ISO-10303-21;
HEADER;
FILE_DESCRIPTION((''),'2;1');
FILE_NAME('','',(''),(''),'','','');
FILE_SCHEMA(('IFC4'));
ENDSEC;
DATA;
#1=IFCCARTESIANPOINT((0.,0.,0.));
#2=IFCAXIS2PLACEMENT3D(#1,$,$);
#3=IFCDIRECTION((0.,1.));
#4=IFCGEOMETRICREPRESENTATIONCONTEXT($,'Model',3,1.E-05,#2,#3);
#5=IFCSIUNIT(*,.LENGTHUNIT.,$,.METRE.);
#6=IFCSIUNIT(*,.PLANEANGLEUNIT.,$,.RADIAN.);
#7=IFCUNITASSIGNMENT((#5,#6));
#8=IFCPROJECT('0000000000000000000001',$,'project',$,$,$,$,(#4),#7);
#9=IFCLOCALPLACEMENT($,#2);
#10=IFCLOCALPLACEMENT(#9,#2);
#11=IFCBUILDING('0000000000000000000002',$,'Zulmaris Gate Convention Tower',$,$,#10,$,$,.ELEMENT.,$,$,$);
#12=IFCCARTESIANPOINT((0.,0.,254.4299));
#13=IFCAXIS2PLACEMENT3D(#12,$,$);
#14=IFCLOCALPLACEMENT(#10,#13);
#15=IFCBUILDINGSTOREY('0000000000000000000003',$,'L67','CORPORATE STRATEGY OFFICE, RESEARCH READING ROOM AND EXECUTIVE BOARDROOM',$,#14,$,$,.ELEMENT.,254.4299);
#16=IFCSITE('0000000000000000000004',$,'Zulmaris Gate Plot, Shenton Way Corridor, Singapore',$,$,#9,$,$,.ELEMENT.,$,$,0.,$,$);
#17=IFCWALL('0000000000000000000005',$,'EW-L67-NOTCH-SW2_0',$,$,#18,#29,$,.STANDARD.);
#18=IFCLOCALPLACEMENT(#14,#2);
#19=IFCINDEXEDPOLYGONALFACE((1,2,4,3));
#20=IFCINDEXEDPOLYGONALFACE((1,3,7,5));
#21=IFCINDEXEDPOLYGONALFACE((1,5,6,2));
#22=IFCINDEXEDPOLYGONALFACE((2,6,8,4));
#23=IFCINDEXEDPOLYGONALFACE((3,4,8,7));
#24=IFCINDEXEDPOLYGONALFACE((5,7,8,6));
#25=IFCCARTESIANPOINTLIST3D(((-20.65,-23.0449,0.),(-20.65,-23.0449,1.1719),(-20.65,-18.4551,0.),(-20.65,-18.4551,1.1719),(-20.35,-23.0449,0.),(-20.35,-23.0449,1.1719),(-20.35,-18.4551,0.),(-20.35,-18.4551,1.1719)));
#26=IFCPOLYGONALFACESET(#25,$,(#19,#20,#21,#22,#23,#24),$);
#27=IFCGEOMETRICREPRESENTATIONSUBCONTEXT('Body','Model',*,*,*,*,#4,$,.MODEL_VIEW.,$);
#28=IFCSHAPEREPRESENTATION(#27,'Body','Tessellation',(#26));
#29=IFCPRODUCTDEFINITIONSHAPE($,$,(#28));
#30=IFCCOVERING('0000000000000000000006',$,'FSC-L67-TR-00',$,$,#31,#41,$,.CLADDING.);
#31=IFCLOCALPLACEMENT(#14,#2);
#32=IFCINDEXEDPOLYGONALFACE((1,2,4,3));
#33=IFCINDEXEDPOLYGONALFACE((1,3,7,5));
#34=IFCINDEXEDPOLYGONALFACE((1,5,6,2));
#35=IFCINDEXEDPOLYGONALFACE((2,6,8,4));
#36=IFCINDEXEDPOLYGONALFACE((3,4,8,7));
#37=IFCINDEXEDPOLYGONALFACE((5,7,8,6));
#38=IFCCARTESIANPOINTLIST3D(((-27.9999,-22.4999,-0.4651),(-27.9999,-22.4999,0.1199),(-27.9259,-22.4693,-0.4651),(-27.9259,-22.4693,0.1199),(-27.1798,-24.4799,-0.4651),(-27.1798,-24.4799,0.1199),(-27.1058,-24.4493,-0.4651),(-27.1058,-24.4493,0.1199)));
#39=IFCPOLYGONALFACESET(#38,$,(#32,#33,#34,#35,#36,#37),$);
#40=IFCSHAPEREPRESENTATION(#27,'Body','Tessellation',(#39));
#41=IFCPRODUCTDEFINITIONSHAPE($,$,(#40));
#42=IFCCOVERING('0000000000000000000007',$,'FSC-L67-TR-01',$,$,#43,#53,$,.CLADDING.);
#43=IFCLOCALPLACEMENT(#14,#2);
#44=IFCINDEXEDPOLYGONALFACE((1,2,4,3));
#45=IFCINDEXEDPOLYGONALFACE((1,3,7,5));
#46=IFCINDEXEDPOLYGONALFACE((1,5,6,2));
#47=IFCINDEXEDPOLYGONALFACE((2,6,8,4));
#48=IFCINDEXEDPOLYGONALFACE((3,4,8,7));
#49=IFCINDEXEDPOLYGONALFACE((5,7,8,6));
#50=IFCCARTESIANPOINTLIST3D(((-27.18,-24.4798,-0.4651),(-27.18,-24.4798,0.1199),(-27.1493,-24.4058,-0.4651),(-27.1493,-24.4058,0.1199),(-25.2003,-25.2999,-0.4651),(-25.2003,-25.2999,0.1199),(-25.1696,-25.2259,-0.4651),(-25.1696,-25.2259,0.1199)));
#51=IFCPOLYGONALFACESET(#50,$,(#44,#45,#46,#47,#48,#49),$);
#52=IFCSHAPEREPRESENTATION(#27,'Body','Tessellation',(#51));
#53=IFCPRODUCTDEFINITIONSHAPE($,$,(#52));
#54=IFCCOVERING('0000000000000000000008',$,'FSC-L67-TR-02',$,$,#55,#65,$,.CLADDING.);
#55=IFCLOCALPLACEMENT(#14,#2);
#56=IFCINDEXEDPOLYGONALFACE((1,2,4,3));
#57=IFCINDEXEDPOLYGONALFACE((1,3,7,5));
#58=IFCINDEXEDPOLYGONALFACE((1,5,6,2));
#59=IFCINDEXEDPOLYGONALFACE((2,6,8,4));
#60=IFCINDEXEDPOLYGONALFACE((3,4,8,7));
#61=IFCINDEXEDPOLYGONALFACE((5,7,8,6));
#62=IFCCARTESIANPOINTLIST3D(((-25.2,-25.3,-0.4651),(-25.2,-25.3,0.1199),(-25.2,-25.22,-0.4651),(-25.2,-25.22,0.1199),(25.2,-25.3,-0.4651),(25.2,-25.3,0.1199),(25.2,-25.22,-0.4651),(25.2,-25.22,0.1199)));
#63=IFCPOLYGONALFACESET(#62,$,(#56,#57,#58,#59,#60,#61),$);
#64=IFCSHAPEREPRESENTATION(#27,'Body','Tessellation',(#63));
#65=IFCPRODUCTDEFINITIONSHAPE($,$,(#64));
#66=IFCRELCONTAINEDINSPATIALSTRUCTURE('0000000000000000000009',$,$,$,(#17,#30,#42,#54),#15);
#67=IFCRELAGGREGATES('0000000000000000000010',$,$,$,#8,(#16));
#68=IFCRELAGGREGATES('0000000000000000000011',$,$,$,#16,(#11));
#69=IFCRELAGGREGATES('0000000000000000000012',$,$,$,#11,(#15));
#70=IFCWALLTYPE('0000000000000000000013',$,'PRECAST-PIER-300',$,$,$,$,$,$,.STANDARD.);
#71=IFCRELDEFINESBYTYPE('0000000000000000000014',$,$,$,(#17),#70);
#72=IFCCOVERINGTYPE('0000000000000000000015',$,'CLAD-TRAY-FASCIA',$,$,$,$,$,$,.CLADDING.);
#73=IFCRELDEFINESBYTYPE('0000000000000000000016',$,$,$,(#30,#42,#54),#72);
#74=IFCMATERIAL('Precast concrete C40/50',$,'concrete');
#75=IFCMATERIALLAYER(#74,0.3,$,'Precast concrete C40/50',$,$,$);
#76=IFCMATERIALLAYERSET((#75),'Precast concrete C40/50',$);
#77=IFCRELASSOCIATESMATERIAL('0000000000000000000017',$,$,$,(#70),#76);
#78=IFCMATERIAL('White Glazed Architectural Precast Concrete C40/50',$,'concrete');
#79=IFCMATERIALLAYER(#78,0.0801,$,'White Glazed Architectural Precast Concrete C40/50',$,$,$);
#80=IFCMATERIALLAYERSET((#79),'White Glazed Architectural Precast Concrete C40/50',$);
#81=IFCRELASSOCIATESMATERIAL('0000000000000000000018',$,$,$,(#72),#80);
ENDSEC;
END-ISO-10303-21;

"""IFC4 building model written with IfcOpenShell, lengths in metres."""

from ifc_helpers import new_model, si_unit, direction, frame, frame_2d, origin, place, context, subcontext, project, spatial, rectangle, extrude, material, layer, layer_set, type_object, element, save


model = new_model("IFC4")

# Units and contexts
model_context = context("Model", 3, precision=1e-05, world=origin(), true_north=direction((0.0, 1.0)))
body_context = subcontext(model_context, "Body", "Model", "MODEL_VIEW")
ifc_project = project(units=[si_unit("LENGTHUNIT", "METRE"), si_unit("PLANEANGLEUNIT", "RADIAN")], contexts=[model_context])

# Site, building, storey
site_placement = place(None, origin())
site = spatial("IfcSite", under=ifc_project, at=site_placement, Name="Zulmaris Gate Plot, Shenton Way Corridor, Singapore", CompositionType="ELEMENT", RefElevation=0.0)
building_placement = place(site_placement, origin())
building = spatial("IfcBuilding", under=site, at=building_placement, Name="Zulmaris Gate Convention Tower", CompositionType="ELEMENT")
storey_placement = place(building_placement, frame((0.0, 0.0, 254.4299)))
storey = spatial("IfcBuildingStorey", under=building, at=storey_placement, Name="L67", Description="CORPORATE STRATEGY OFFICE, RESEARCH READING ROOM AND EXECUTIVE BOARDROOM", CompositionType="ELEMENT", Elevation=254.4299)

# Wall
ifc_material_1 = material(Name="Precast concrete C40/50", Category="concrete")
ifc_layer_1 = layer(ifc_material_1, 0.3, Name="Precast concrete C40/50")
ifc_layer_set_1 = layer_set([ifc_layer_1], Name="Precast concrete C40/50")
wall_type_1 = type_object("IfcWallType", Name="PRECAST-PIER-300", PredefinedType="STANDARD", material=ifc_layer_set_1)
for number, where, z_axis, x_axis, name in (
    (1, (-20.5, -18.4551, 0.0), (0.0, 0.0, 1.0), (0.0, -1.0, 0.0), "EW-L67-NOTCH-SW2_0"),
):
    element("IfcWall", number, at=place(storey_placement, frame(where, z_axis=z_axis, x_axis=x_axis)), inside=storey, type_object=wall_type_1, Name=name, PredefinedType="STANDARD", context=body_context, shape_type="SweptSolid", body=[
        extrude(rectangle(XDim=4.5898, YDim=0.3, at=frame_2d((2.2949, 0.0))), origin(), (0.0, 0.0, 1.0), 1.1719),
    ])

# Coverings
ifc_material_2 = material(Name="White Glazed Architectural Precast Concrete C40/50", Category="concrete")
ifc_layer_2 = layer(ifc_material_2, 0.0801, Name="White Glazed Architectural Precast Concrete C40/50")
ifc_layer_set_2 = layer_set([ifc_layer_2], Name="White Glazed Architectural Precast Concrete C40/50")
covering_type = type_object("IfcCoveringType", Name="CLAD-TRAY-FASCIA", PredefinedType="CLADDING", material=ifc_layer_set_2)
covering_1_placement = place(storey_placement, frame((-27.9629, -22.4846, -0.4651), z_axis=(0.0, 0.0, 1.0), x_axis=(0.382657, -0.92389, 0.0)))
element("IfcCovering", 2, at=covering_1_placement, inside=storey, type_object=covering_type, Name="FSC-L67-TR-00", PredefinedType="CLADDING", context=body_context, shape_type="SweptSolid", body=[
    extrude(rectangle(XDim=2.1431, YDim=0.0801, at=frame_2d((1.0715, 0.0))), origin(), (0.0, 0.0, 1.0), 0.585),
])
covering_2_placement = place(storey_placement, frame((-27.1646, -24.4429, -0.4651), z_axis=(0.0, 0.0, 1.0), x_axis=(0.923874, -0.382697, 0.0)))
element("IfcCovering", 3, at=covering_2_placement, inside=storey, type_object=covering_type, Name="FSC-L67-TR-01", PredefinedType="CLADDING", context=body_context, shape_type="SweptSolid", body=[
    extrude(rectangle(XDim=2.1428, YDim=0.0801, at=frame_2d((1.0713, 0.0))), origin(), (0.0, 0.0, 1.0), 0.585),
])
covering_3_placement = place(storey_placement, frame((-25.2, -25.26, -0.4651), z_axis=(0.0, 0.0, 1.0), x_axis=(1.0, 0.0, 0.0)))
element("IfcCovering", 4, at=covering_3_placement, inside=storey, type_object=covering_type, Name="FSC-L67-TR-02", PredefinedType="CLADDING", context=body_context, shape_type="SweptSolid", body=[
    extrude(rectangle(XDim=50.3999, YDim=0.0801, at=frame_2d((25.2, 0.0))), origin(), (0.0, 0.0, 1.0), 0.585),
])

save(model, "model.ifc")
